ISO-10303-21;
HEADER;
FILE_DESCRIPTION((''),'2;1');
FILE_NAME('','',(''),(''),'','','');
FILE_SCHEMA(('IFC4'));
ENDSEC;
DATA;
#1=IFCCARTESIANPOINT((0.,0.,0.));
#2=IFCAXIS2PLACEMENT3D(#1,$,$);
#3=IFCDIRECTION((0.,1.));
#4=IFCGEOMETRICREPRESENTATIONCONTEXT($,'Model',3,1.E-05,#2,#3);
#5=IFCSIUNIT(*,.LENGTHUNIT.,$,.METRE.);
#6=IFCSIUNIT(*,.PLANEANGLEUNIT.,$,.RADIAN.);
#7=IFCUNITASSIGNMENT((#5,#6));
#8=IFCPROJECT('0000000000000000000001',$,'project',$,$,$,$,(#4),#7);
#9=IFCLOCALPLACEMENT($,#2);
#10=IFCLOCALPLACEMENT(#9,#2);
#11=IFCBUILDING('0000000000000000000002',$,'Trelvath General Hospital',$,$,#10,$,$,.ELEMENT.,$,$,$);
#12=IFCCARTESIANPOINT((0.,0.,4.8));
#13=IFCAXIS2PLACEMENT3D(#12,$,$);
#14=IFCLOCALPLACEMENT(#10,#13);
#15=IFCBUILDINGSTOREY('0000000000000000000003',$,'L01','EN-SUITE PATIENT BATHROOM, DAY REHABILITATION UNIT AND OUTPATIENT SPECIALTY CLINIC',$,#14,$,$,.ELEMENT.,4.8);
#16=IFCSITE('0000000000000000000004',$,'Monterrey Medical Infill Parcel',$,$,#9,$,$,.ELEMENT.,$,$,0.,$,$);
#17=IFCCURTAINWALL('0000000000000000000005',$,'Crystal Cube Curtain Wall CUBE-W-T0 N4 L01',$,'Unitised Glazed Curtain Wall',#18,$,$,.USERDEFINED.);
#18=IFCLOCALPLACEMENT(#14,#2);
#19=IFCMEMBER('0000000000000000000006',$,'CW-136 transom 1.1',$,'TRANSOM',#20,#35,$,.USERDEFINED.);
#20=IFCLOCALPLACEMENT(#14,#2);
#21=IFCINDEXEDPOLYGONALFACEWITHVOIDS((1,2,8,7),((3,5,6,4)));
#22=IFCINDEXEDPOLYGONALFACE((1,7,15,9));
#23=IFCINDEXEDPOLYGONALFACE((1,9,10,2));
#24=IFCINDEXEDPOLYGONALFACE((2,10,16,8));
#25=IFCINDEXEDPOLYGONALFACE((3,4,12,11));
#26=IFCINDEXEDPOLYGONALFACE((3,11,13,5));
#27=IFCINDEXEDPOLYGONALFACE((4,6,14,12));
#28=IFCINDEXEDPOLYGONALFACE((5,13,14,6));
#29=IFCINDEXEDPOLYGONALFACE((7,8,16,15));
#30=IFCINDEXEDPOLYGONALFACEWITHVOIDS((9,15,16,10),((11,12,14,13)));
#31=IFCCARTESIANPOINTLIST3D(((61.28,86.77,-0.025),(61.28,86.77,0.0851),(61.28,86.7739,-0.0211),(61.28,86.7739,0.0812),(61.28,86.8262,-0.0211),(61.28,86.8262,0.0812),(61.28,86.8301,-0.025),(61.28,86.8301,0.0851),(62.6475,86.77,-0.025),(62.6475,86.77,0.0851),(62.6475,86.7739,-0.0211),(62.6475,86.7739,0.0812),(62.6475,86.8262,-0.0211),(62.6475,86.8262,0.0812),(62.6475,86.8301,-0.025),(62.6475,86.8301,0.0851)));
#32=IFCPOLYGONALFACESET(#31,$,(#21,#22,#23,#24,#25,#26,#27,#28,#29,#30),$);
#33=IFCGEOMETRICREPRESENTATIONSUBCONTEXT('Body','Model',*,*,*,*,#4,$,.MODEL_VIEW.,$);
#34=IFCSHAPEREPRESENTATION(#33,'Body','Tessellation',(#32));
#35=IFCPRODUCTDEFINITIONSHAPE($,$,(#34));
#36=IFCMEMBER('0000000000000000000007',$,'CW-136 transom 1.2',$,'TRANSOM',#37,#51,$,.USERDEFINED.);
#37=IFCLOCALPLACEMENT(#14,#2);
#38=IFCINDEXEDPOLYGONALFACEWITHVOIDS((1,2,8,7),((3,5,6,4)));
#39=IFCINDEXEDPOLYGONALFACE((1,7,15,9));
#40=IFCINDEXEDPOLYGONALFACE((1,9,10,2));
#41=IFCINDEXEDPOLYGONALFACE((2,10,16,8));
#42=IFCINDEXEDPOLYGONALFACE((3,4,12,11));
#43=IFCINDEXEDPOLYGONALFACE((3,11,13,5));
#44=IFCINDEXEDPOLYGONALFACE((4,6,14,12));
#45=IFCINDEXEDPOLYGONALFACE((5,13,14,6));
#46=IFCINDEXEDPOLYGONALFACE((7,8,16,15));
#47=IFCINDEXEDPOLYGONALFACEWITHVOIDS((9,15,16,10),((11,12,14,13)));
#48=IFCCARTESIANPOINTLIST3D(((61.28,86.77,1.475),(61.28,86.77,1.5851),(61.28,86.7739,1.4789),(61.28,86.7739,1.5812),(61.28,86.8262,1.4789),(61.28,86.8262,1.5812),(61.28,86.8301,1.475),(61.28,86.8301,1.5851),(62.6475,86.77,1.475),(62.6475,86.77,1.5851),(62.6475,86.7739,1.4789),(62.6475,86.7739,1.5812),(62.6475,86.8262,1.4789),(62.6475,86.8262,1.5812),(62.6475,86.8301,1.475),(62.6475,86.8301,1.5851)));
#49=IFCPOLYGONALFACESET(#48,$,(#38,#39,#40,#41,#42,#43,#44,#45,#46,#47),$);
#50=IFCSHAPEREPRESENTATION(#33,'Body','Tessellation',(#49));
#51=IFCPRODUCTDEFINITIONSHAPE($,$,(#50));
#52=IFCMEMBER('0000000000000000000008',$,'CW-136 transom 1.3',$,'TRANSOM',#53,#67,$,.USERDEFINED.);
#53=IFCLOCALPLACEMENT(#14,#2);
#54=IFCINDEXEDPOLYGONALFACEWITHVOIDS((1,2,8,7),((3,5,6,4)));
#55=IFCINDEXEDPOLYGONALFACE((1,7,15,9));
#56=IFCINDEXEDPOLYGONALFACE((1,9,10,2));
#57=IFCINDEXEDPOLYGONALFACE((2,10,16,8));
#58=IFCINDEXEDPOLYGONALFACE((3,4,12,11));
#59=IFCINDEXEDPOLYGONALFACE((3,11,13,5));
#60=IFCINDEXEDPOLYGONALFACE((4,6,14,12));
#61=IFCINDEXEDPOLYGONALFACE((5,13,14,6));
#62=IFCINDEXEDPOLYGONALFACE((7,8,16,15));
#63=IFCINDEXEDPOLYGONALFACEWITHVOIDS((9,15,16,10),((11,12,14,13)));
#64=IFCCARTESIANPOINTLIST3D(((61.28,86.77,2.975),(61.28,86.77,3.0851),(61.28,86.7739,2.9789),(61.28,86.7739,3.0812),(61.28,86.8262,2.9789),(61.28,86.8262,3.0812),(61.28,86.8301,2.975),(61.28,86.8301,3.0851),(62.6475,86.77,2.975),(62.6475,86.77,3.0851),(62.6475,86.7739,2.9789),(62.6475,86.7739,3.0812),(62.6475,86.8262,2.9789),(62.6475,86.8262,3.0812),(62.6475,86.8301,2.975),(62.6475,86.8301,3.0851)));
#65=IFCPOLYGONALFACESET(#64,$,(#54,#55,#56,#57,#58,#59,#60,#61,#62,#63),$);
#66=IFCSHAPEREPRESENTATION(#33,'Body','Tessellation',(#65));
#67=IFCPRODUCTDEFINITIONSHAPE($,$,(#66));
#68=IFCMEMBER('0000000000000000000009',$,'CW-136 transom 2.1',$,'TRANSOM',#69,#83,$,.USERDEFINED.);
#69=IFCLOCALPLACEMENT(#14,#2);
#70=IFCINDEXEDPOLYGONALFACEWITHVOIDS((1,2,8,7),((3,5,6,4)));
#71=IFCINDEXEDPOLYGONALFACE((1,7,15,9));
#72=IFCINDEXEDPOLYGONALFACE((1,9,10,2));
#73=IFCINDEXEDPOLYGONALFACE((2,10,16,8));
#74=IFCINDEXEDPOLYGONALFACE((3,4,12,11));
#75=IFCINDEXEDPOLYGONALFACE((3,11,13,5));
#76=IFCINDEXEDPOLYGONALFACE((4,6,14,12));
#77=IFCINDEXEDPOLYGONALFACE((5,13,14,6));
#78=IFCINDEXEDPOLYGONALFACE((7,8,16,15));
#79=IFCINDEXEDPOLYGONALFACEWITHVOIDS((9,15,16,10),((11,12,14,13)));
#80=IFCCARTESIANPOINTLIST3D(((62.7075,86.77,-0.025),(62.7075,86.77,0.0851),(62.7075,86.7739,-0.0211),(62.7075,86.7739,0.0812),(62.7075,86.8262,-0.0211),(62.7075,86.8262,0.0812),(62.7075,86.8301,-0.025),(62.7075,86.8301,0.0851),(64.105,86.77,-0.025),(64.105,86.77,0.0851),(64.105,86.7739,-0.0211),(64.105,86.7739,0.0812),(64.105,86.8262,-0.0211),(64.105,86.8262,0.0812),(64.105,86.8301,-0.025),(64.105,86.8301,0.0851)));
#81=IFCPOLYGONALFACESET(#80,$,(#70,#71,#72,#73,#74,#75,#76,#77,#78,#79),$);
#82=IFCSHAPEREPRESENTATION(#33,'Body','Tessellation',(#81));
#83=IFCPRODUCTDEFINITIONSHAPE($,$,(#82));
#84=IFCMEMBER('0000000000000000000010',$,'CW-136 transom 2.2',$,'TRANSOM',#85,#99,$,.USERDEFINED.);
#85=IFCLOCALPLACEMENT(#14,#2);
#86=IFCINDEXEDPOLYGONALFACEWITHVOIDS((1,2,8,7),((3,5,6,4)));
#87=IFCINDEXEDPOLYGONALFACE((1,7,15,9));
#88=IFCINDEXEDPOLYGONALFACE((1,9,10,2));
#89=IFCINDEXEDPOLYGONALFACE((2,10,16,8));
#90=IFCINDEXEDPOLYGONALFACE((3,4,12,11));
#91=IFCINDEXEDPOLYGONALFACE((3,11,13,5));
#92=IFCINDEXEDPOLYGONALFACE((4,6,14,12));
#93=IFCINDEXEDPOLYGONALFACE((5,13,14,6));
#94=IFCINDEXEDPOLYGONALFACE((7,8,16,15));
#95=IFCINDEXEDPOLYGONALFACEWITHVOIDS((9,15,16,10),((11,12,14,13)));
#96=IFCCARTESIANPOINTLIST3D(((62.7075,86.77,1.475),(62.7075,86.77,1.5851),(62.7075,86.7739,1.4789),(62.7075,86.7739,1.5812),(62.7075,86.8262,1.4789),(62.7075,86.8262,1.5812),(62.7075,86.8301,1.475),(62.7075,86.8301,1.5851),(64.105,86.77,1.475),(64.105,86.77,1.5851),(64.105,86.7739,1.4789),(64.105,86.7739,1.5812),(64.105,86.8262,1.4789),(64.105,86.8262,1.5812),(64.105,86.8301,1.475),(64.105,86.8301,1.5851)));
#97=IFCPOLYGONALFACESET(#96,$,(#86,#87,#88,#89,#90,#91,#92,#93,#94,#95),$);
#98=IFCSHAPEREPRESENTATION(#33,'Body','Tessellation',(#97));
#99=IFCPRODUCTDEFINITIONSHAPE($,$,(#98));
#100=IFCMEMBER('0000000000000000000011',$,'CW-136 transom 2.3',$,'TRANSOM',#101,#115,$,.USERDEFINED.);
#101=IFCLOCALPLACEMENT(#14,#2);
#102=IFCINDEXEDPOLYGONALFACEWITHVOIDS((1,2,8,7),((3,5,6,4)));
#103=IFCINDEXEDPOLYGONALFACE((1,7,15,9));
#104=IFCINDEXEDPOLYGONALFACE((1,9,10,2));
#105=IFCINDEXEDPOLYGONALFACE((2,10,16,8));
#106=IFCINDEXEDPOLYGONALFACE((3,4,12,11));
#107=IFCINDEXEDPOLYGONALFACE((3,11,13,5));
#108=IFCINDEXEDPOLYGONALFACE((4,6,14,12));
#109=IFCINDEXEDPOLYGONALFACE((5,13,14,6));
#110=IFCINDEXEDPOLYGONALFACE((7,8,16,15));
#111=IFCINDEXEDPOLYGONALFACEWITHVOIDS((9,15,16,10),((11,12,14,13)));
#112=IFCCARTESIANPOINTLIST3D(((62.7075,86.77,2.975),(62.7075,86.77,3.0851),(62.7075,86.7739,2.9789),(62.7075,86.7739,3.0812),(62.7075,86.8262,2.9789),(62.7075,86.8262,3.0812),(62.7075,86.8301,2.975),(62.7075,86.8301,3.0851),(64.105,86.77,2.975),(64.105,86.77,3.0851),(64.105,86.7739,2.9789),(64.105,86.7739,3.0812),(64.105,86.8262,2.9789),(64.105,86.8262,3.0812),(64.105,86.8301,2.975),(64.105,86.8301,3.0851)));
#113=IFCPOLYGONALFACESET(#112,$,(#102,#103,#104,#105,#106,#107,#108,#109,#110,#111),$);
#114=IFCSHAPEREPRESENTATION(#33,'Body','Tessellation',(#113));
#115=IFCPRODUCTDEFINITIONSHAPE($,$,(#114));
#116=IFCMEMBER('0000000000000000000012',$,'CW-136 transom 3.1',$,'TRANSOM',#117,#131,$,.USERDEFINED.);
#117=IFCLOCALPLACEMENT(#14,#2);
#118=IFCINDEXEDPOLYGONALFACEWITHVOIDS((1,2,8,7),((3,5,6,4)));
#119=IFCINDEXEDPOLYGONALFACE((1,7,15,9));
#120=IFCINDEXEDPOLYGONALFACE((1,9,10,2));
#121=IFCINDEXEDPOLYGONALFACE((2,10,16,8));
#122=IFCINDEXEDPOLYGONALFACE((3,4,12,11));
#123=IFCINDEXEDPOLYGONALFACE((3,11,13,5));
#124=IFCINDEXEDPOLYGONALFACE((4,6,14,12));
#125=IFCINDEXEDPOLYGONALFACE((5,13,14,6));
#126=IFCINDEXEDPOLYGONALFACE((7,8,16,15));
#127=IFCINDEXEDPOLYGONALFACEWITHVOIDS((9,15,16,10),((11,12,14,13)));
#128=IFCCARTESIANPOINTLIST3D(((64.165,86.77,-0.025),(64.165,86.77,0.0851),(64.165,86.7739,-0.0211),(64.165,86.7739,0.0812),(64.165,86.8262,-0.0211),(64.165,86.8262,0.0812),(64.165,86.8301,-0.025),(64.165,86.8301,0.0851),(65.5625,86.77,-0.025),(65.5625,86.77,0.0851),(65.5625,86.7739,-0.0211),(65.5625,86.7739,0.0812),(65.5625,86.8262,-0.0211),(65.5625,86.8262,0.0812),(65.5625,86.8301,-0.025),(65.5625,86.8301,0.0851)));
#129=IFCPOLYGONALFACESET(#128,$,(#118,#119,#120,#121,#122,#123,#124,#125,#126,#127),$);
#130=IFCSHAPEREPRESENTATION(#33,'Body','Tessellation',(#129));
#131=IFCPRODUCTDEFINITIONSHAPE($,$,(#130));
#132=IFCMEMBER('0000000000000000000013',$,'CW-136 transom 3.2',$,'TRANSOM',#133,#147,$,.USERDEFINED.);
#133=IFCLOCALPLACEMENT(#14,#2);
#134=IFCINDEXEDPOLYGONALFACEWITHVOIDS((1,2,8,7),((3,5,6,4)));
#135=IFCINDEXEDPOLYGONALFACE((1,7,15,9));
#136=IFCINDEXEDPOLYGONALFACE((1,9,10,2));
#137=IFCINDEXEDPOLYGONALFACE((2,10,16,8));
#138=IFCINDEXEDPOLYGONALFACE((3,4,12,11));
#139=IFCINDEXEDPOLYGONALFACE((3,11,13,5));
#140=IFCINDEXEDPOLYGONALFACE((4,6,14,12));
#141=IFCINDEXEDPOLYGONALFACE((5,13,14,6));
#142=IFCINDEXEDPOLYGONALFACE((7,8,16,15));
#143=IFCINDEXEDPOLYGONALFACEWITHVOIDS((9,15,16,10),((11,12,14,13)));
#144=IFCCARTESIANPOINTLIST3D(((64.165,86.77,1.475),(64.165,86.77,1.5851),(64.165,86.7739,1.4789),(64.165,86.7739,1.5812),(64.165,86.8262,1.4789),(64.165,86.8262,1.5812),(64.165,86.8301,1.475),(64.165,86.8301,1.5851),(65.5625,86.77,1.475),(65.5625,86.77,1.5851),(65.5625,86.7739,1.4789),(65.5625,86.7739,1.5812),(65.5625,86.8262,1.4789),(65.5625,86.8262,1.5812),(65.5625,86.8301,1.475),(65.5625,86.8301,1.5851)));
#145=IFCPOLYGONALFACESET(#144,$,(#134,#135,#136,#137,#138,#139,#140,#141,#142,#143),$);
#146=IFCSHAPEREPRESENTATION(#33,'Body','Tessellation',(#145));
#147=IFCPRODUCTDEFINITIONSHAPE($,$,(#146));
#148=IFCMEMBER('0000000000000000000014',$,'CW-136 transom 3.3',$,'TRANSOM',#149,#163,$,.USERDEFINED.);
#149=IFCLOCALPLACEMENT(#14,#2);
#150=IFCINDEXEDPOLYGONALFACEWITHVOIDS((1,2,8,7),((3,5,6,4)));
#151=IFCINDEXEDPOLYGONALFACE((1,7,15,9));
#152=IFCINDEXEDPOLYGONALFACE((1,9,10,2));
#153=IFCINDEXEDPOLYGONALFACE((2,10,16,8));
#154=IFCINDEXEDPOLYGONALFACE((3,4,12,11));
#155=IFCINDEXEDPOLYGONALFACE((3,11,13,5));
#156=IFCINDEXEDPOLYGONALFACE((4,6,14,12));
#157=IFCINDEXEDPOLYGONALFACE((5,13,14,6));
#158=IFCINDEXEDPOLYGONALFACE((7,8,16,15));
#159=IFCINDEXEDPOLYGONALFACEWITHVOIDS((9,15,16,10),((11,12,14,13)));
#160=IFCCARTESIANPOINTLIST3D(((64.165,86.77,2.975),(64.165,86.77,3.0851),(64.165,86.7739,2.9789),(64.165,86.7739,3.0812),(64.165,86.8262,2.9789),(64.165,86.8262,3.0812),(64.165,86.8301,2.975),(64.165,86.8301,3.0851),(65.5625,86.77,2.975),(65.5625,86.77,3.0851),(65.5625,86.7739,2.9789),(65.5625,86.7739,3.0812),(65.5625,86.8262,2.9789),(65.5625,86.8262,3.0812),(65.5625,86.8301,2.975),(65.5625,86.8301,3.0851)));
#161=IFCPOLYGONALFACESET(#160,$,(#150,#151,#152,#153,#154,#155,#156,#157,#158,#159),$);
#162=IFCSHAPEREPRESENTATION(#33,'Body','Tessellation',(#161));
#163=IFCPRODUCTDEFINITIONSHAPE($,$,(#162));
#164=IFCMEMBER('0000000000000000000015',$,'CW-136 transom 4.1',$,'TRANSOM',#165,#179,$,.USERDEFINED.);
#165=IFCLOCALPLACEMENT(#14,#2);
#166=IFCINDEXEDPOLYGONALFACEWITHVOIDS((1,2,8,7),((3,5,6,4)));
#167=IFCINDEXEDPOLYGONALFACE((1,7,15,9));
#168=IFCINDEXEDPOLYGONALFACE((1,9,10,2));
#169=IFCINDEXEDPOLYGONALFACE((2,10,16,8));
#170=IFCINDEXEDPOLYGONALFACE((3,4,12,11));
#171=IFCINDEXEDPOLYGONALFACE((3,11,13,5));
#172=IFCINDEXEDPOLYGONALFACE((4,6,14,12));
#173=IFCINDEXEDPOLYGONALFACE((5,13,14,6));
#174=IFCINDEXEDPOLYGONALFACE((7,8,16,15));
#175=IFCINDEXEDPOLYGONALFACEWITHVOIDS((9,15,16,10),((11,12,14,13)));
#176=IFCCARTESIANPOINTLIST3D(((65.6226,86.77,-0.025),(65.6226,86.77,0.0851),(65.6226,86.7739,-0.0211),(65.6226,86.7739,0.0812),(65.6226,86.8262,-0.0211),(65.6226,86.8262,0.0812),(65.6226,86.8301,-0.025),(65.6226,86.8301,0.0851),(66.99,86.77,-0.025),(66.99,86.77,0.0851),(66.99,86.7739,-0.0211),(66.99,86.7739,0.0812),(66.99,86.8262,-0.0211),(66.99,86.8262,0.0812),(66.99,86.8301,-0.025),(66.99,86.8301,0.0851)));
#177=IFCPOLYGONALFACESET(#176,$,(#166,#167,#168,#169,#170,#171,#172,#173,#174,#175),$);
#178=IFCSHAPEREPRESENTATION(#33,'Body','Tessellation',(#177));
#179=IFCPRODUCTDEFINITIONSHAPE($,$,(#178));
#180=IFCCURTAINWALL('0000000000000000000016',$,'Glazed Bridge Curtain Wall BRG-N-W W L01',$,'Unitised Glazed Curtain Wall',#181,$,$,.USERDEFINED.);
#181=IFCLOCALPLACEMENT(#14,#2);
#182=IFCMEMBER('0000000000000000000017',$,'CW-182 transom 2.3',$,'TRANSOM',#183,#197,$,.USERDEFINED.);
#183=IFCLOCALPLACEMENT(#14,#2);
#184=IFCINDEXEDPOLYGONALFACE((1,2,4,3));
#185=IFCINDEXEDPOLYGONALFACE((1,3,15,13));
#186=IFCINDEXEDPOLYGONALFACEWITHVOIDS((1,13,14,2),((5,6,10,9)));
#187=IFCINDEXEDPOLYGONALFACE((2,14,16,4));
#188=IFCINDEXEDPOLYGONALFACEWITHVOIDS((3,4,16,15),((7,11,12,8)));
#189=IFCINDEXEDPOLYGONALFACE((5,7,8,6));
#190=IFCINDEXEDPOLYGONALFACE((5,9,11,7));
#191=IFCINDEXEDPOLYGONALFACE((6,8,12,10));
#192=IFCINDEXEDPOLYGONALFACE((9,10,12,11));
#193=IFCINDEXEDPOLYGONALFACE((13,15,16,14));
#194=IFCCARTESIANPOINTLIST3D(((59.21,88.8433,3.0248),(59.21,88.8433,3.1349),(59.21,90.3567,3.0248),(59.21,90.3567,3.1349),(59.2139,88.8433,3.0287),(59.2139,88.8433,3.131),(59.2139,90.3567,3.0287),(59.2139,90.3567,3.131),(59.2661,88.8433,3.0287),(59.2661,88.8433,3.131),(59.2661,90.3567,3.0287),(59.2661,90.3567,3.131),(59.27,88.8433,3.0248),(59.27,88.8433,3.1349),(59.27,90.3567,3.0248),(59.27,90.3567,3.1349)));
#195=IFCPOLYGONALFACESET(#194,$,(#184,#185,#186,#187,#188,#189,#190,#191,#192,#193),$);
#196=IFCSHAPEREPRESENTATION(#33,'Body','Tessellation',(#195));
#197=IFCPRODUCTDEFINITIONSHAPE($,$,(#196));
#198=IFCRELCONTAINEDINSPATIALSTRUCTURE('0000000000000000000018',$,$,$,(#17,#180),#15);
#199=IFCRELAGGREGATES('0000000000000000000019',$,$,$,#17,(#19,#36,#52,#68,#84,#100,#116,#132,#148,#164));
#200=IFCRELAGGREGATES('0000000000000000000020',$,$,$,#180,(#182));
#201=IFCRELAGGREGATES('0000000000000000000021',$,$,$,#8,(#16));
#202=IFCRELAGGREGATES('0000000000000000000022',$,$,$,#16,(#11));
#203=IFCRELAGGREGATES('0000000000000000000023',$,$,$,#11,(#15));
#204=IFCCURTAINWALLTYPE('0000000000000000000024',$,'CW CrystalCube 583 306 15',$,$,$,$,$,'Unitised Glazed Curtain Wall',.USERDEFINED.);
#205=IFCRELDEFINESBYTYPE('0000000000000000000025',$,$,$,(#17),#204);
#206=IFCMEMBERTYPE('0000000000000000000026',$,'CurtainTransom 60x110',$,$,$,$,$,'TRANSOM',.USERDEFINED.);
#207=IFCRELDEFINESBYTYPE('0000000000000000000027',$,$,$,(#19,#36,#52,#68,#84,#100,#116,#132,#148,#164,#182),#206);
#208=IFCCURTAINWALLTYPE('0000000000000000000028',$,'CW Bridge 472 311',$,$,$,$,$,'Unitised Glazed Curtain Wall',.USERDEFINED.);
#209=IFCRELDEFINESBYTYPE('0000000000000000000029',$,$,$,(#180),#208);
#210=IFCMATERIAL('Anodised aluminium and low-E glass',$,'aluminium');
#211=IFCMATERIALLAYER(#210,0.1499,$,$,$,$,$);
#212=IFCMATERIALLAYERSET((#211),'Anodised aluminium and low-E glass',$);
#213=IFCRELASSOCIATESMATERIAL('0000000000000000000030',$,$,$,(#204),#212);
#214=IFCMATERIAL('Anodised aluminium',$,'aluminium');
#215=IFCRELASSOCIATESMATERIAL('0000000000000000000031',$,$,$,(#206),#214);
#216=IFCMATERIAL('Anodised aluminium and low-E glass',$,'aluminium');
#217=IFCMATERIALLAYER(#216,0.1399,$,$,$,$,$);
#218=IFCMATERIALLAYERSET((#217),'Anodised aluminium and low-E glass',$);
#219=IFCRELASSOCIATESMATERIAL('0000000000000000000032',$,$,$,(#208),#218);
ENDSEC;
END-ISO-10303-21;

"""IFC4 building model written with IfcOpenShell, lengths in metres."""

from ifc_helpers import new_model, si_unit, direction, frame, origin, origin_2d, place, context, subcontext, project, spatial, hollow_rectangle, extrude, material, layer, layer_set, material_profile, profile_set, type_object, element, aggregate, save


model = new_model("IFC4")

# Units and contexts
model_context = context("Model", 3, precision=1e-05, world=origin(), true_north=direction((0.0, 1.0)))
body_context = subcontext(model_context, "Body", "Model", "MODEL_VIEW")
ifc_project = project(units=[si_unit("LENGTHUNIT", "METRE"), si_unit("PLANEANGLEUNIT", "RADIAN")], contexts=[model_context])

# Site, building, storey
site_placement = place(None, origin())
site = spatial("IfcSite", under=ifc_project, at=site_placement, Name="Monterrey Medical Infill Parcel", CompositionType="ELEMENT", RefElevation=0.0)
building_placement = place(site_placement, origin())
building = spatial("IfcBuilding", under=site, at=building_placement, Name="Trelvath General Hospital", CompositionType="ELEMENT")
storey_placement = place(building_placement, frame((0.0, 0.0, 4.8)))
storey = spatial("IfcBuildingStorey", under=building, at=storey_placement, Name="L01", Description="EN-SUITE PATIENT BATHROOM, DAY REHABILITATION UNIT AND OUTPATIENT SPECIALTY CLINIC", CompositionType="ELEMENT", Elevation=4.8)

# Curtain wall
ifc_material_1 = material(Name="Anodised aluminium and low-E glass", Category="aluminium")
ifc_layer_1 = layer(ifc_material_1, 0.1499)
ifc_layer_set_1 = layer_set([ifc_layer_1], Name="Anodised aluminium and low-E glass")
curtain_wall_type_1 = type_object("IfcCurtainWallType", Name="CW CrystalCube 583 306 15", ElementType="Unitised Glazed Curtain Wall", PredefinedType="USERDEFINED", material=ifc_layer_set_1)
curtain_wall_1_placement = place(storey_placement, origin())
curtain_wall_1 = element("IfcCurtainWall", 1, at=curtain_wall_1_placement, inside=storey, type_object=curtain_wall_type_1, Name="Crystal Cube Curtain Wall CUBE-W-T0 N4 L01", ObjectType="Unitised Glazed Curtain Wall", PredefinedType="USERDEFINED")

# Members
ifc_material_2 = material(Name="Anodised aluminium", Category="aluminium")
ifc_material_profile_1 = material_profile(ifc_material_2, hollow_rectangle(XDim=0.0601, YDim=0.1101, WallThickness=0.0039, at=origin_2d()), Name="RHS60x110x4")
ifc_profile_set_1 = profile_set([ifc_material_profile_1], Name="Anodised aluminium")
member_type_1 = type_object("IfcMemberType", Name="CurtainTransom 60x110", ElementType="TRANSOM", PredefinedType="USERDEFINED", material=ifc_profile_set_1)
member_1_placement = place(storey_placement, frame((61.28, 86.8, 0.03), z_axis=(1.0, 0.0, 0.0), x_axis=(0.0, 1.0, 0.0)))
member_1 = element("IfcMember", 2, at=member_1_placement, type_object=member_type_1, Name="CW-136 transom 1.1", ObjectType="TRANSOM", PredefinedType="USERDEFINED", context=body_context, shape_type="SweptSolid", body=[
    extrude(hollow_rectangle(XDim=0.0601, YDim=0.1101, WallThickness=0.0039, at=origin_2d()), origin(), (0.0, 0.0, 1.0), 1.3674),
])
member_2_placement = place(storey_placement, frame((61.28, 86.8, 1.53), z_axis=(1.0, 0.0, 0.0), x_axis=(0.0, 1.0, 0.0)))
member_2 = element("IfcMember", 3, at=member_2_placement, type_object=member_type_1, Name="CW-136 transom 1.2", ObjectType="TRANSOM", PredefinedType="USERDEFINED", context=body_context, shape_type="SweptSolid", body=[
    extrude(hollow_rectangle(XDim=0.0601, YDim=0.1101, WallThickness=0.0039, at=origin_2d()), origin(), (0.0, 0.0, 1.0), 1.3674),
])
member_3_placement = place(storey_placement, frame((61.28, 86.8, 3.03), z_axis=(1.0, 0.0, 0.0), x_axis=(0.0, 1.0, 0.0)))
member_3 = element("IfcMember", 4, at=member_3_placement, type_object=member_type_1, Name="CW-136 transom 1.3", ObjectType="TRANSOM", PredefinedType="USERDEFINED", context=body_context, shape_type="SweptSolid", body=[
    extrude(hollow_rectangle(XDim=0.0601, YDim=0.1101, WallThickness=0.0039, at=origin_2d()), origin(), (0.0, 0.0, 1.0), 1.3674),
])
member_4_placement = place(storey_placement, frame((62.7075, 86.8, 0.03), z_axis=(1.0, 0.0, 0.0), x_axis=(0.0, 1.0, 0.0)))
member_4 = element("IfcMember", 5, at=member_4_placement, type_object=member_type_1, Name="CW-136 transom 2.1", ObjectType="TRANSOM", PredefinedType="USERDEFINED", context=body_context, shape_type="SweptSolid", body=[
    extrude(hollow_rectangle(XDim=0.0601, YDim=0.1101, WallThickness=0.0039, at=origin_2d()), origin(), (0.0, 0.0, 1.0), 1.3975),
])
member_5_placement = place(storey_placement, frame((62.7075, 86.8, 1.53), z_axis=(1.0, 0.0, 0.0), x_axis=(0.0, 1.0, 0.0)))
member_5 = element("IfcMember", 6, at=member_5_placement, type_object=member_type_1, Name="CW-136 transom 2.2", ObjectType="TRANSOM", PredefinedType="USERDEFINED", context=body_context, shape_type="SweptSolid", body=[
    extrude(hollow_rectangle(XDim=0.0601, YDim=0.1101, WallThickness=0.0039, at=origin_2d()), origin(), (0.0, 0.0, 1.0), 1.3975),
])
member_6_placement = place(storey_placement, frame((62.7075, 86.8, 3.03), z_axis=(1.0, 0.0, 0.0), x_axis=(0.0, 1.0, 0.0)))
member_6 = element("IfcMember", 7, at=member_6_placement, type_object=member_type_1, Name="CW-136 transom 2.3", ObjectType="TRANSOM", PredefinedType="USERDEFINED", context=body_context, shape_type="SweptSolid", body=[
    extrude(hollow_rectangle(XDim=0.0601, YDim=0.1101, WallThickness=0.0039, at=origin_2d()), origin(), (0.0, 0.0, 1.0), 1.3975),
])
member_7_placement = place(storey_placement, frame((64.165, 86.8, 0.03), z_axis=(1.0, 0.0, 0.0), x_axis=(0.0, 1.0, 0.0)))
member_7 = element("IfcMember", 8, at=member_7_placement, type_object=member_type_1, Name="CW-136 transom 3.1", ObjectType="TRANSOM", PredefinedType="USERDEFINED", context=body_context, shape_type="SweptSolid", body=[
    extrude(hollow_rectangle(XDim=0.0601, YDim=0.1101, WallThickness=0.0039, at=origin_2d()), origin(), (0.0, 0.0, 1.0), 1.3975),
])
member_8_placement = place(storey_placement, frame((64.165, 86.8, 1.53), z_axis=(1.0, 0.0, 0.0), x_axis=(0.0, 1.0, 0.0)))
member_8 = element("IfcMember", 9, at=member_8_placement, type_object=member_type_1, Name="CW-136 transom 3.2", ObjectType="TRANSOM", PredefinedType="USERDEFINED", context=body_context, shape_type="SweptSolid", body=[
    extrude(hollow_rectangle(XDim=0.0601, YDim=0.1101, WallThickness=0.0039, at=origin_2d()), origin(), (0.0, 0.0, 1.0), 1.3975),
])
member_9_placement = place(storey_placement, frame((64.165, 86.8, 3.03), z_axis=(1.0, 0.0, 0.0), x_axis=(0.0, 1.0, 0.0)))
member_9 = element("IfcMember", 10, at=member_9_placement, type_object=member_type_1, Name="CW-136 transom 3.3", ObjectType="TRANSOM", PredefinedType="USERDEFINED", context=body_context, shape_type="SweptSolid", body=[
    extrude(hollow_rectangle(XDim=0.0601, YDim=0.1101, WallThickness=0.0039, at=origin_2d()), origin(), (0.0, 0.0, 1.0), 1.3975),
])
member_10_placement = place(storey_placement, frame((65.6226, 86.8, 0.03), z_axis=(1.0, 0.0, 0.0), x_axis=(0.0, 1.0, 0.0)))
member_10 = element("IfcMember", 11, at=member_10_placement, type_object=member_type_1, Name="CW-136 transom 4.1", ObjectType="TRANSOM", PredefinedType="USERDEFINED", context=body_context, shape_type="SweptSolid", body=[
    extrude(hollow_rectangle(XDim=0.0601, YDim=0.1101, WallThickness=0.0039, at=origin_2d()), origin(), (0.0, 0.0, 1.0), 1.3674),
])

# Curtain wall, member
ifc_material_3 = material(Name="Anodised aluminium and low-E glass", Category="aluminium")
ifc_layer_2 = layer(ifc_material_3, 0.1399)
ifc_layer_set_2 = layer_set([ifc_layer_2], Name="Anodised aluminium and low-E glass")
curtain_wall_type_2 = type_object("IfcCurtainWallType", Name="CW Bridge 472 311", ElementType="Unitised Glazed Curtain Wall", PredefinedType="USERDEFINED", material=ifc_layer_set_2)
curtain_wall_2_placement = place(storey_placement, origin())
curtain_wall_2 = element("IfcCurtainWall", 12, at=curtain_wall_2_placement, inside=storey, type_object=curtain_wall_type_2, Name="Glazed Bridge Curtain Wall BRG-N-W W L01", ObjectType="Unitised Glazed Curtain Wall", PredefinedType="USERDEFINED")
member_11_placement = place(storey_placement, frame((59.24, 88.8433, 3.0798), z_axis=(0.0, 1.0, 0.0), x_axis=(-1.0, 0.0, 0.0)))
member_11 = element("IfcMember", 13, at=member_11_placement, type_object=member_type_1, Name="CW-182 transom 2.3", ObjectType="TRANSOM", PredefinedType="USERDEFINED", context=body_context, shape_type="SweptSolid", body=[
    extrude(hollow_rectangle(XDim=0.0601, YDim=0.1101, WallThickness=0.0039, at=origin_2d()), origin(), (0.0, 0.0, 1.0), 1.5134),
])

aggregate(curtain_wall_1, [member_1, member_2, member_3, member_4, member_5, member_6, member_7, member_8, member_9, member_10])
aggregate(curtain_wall_2, [member_11])

save(model, "model.ifc")
